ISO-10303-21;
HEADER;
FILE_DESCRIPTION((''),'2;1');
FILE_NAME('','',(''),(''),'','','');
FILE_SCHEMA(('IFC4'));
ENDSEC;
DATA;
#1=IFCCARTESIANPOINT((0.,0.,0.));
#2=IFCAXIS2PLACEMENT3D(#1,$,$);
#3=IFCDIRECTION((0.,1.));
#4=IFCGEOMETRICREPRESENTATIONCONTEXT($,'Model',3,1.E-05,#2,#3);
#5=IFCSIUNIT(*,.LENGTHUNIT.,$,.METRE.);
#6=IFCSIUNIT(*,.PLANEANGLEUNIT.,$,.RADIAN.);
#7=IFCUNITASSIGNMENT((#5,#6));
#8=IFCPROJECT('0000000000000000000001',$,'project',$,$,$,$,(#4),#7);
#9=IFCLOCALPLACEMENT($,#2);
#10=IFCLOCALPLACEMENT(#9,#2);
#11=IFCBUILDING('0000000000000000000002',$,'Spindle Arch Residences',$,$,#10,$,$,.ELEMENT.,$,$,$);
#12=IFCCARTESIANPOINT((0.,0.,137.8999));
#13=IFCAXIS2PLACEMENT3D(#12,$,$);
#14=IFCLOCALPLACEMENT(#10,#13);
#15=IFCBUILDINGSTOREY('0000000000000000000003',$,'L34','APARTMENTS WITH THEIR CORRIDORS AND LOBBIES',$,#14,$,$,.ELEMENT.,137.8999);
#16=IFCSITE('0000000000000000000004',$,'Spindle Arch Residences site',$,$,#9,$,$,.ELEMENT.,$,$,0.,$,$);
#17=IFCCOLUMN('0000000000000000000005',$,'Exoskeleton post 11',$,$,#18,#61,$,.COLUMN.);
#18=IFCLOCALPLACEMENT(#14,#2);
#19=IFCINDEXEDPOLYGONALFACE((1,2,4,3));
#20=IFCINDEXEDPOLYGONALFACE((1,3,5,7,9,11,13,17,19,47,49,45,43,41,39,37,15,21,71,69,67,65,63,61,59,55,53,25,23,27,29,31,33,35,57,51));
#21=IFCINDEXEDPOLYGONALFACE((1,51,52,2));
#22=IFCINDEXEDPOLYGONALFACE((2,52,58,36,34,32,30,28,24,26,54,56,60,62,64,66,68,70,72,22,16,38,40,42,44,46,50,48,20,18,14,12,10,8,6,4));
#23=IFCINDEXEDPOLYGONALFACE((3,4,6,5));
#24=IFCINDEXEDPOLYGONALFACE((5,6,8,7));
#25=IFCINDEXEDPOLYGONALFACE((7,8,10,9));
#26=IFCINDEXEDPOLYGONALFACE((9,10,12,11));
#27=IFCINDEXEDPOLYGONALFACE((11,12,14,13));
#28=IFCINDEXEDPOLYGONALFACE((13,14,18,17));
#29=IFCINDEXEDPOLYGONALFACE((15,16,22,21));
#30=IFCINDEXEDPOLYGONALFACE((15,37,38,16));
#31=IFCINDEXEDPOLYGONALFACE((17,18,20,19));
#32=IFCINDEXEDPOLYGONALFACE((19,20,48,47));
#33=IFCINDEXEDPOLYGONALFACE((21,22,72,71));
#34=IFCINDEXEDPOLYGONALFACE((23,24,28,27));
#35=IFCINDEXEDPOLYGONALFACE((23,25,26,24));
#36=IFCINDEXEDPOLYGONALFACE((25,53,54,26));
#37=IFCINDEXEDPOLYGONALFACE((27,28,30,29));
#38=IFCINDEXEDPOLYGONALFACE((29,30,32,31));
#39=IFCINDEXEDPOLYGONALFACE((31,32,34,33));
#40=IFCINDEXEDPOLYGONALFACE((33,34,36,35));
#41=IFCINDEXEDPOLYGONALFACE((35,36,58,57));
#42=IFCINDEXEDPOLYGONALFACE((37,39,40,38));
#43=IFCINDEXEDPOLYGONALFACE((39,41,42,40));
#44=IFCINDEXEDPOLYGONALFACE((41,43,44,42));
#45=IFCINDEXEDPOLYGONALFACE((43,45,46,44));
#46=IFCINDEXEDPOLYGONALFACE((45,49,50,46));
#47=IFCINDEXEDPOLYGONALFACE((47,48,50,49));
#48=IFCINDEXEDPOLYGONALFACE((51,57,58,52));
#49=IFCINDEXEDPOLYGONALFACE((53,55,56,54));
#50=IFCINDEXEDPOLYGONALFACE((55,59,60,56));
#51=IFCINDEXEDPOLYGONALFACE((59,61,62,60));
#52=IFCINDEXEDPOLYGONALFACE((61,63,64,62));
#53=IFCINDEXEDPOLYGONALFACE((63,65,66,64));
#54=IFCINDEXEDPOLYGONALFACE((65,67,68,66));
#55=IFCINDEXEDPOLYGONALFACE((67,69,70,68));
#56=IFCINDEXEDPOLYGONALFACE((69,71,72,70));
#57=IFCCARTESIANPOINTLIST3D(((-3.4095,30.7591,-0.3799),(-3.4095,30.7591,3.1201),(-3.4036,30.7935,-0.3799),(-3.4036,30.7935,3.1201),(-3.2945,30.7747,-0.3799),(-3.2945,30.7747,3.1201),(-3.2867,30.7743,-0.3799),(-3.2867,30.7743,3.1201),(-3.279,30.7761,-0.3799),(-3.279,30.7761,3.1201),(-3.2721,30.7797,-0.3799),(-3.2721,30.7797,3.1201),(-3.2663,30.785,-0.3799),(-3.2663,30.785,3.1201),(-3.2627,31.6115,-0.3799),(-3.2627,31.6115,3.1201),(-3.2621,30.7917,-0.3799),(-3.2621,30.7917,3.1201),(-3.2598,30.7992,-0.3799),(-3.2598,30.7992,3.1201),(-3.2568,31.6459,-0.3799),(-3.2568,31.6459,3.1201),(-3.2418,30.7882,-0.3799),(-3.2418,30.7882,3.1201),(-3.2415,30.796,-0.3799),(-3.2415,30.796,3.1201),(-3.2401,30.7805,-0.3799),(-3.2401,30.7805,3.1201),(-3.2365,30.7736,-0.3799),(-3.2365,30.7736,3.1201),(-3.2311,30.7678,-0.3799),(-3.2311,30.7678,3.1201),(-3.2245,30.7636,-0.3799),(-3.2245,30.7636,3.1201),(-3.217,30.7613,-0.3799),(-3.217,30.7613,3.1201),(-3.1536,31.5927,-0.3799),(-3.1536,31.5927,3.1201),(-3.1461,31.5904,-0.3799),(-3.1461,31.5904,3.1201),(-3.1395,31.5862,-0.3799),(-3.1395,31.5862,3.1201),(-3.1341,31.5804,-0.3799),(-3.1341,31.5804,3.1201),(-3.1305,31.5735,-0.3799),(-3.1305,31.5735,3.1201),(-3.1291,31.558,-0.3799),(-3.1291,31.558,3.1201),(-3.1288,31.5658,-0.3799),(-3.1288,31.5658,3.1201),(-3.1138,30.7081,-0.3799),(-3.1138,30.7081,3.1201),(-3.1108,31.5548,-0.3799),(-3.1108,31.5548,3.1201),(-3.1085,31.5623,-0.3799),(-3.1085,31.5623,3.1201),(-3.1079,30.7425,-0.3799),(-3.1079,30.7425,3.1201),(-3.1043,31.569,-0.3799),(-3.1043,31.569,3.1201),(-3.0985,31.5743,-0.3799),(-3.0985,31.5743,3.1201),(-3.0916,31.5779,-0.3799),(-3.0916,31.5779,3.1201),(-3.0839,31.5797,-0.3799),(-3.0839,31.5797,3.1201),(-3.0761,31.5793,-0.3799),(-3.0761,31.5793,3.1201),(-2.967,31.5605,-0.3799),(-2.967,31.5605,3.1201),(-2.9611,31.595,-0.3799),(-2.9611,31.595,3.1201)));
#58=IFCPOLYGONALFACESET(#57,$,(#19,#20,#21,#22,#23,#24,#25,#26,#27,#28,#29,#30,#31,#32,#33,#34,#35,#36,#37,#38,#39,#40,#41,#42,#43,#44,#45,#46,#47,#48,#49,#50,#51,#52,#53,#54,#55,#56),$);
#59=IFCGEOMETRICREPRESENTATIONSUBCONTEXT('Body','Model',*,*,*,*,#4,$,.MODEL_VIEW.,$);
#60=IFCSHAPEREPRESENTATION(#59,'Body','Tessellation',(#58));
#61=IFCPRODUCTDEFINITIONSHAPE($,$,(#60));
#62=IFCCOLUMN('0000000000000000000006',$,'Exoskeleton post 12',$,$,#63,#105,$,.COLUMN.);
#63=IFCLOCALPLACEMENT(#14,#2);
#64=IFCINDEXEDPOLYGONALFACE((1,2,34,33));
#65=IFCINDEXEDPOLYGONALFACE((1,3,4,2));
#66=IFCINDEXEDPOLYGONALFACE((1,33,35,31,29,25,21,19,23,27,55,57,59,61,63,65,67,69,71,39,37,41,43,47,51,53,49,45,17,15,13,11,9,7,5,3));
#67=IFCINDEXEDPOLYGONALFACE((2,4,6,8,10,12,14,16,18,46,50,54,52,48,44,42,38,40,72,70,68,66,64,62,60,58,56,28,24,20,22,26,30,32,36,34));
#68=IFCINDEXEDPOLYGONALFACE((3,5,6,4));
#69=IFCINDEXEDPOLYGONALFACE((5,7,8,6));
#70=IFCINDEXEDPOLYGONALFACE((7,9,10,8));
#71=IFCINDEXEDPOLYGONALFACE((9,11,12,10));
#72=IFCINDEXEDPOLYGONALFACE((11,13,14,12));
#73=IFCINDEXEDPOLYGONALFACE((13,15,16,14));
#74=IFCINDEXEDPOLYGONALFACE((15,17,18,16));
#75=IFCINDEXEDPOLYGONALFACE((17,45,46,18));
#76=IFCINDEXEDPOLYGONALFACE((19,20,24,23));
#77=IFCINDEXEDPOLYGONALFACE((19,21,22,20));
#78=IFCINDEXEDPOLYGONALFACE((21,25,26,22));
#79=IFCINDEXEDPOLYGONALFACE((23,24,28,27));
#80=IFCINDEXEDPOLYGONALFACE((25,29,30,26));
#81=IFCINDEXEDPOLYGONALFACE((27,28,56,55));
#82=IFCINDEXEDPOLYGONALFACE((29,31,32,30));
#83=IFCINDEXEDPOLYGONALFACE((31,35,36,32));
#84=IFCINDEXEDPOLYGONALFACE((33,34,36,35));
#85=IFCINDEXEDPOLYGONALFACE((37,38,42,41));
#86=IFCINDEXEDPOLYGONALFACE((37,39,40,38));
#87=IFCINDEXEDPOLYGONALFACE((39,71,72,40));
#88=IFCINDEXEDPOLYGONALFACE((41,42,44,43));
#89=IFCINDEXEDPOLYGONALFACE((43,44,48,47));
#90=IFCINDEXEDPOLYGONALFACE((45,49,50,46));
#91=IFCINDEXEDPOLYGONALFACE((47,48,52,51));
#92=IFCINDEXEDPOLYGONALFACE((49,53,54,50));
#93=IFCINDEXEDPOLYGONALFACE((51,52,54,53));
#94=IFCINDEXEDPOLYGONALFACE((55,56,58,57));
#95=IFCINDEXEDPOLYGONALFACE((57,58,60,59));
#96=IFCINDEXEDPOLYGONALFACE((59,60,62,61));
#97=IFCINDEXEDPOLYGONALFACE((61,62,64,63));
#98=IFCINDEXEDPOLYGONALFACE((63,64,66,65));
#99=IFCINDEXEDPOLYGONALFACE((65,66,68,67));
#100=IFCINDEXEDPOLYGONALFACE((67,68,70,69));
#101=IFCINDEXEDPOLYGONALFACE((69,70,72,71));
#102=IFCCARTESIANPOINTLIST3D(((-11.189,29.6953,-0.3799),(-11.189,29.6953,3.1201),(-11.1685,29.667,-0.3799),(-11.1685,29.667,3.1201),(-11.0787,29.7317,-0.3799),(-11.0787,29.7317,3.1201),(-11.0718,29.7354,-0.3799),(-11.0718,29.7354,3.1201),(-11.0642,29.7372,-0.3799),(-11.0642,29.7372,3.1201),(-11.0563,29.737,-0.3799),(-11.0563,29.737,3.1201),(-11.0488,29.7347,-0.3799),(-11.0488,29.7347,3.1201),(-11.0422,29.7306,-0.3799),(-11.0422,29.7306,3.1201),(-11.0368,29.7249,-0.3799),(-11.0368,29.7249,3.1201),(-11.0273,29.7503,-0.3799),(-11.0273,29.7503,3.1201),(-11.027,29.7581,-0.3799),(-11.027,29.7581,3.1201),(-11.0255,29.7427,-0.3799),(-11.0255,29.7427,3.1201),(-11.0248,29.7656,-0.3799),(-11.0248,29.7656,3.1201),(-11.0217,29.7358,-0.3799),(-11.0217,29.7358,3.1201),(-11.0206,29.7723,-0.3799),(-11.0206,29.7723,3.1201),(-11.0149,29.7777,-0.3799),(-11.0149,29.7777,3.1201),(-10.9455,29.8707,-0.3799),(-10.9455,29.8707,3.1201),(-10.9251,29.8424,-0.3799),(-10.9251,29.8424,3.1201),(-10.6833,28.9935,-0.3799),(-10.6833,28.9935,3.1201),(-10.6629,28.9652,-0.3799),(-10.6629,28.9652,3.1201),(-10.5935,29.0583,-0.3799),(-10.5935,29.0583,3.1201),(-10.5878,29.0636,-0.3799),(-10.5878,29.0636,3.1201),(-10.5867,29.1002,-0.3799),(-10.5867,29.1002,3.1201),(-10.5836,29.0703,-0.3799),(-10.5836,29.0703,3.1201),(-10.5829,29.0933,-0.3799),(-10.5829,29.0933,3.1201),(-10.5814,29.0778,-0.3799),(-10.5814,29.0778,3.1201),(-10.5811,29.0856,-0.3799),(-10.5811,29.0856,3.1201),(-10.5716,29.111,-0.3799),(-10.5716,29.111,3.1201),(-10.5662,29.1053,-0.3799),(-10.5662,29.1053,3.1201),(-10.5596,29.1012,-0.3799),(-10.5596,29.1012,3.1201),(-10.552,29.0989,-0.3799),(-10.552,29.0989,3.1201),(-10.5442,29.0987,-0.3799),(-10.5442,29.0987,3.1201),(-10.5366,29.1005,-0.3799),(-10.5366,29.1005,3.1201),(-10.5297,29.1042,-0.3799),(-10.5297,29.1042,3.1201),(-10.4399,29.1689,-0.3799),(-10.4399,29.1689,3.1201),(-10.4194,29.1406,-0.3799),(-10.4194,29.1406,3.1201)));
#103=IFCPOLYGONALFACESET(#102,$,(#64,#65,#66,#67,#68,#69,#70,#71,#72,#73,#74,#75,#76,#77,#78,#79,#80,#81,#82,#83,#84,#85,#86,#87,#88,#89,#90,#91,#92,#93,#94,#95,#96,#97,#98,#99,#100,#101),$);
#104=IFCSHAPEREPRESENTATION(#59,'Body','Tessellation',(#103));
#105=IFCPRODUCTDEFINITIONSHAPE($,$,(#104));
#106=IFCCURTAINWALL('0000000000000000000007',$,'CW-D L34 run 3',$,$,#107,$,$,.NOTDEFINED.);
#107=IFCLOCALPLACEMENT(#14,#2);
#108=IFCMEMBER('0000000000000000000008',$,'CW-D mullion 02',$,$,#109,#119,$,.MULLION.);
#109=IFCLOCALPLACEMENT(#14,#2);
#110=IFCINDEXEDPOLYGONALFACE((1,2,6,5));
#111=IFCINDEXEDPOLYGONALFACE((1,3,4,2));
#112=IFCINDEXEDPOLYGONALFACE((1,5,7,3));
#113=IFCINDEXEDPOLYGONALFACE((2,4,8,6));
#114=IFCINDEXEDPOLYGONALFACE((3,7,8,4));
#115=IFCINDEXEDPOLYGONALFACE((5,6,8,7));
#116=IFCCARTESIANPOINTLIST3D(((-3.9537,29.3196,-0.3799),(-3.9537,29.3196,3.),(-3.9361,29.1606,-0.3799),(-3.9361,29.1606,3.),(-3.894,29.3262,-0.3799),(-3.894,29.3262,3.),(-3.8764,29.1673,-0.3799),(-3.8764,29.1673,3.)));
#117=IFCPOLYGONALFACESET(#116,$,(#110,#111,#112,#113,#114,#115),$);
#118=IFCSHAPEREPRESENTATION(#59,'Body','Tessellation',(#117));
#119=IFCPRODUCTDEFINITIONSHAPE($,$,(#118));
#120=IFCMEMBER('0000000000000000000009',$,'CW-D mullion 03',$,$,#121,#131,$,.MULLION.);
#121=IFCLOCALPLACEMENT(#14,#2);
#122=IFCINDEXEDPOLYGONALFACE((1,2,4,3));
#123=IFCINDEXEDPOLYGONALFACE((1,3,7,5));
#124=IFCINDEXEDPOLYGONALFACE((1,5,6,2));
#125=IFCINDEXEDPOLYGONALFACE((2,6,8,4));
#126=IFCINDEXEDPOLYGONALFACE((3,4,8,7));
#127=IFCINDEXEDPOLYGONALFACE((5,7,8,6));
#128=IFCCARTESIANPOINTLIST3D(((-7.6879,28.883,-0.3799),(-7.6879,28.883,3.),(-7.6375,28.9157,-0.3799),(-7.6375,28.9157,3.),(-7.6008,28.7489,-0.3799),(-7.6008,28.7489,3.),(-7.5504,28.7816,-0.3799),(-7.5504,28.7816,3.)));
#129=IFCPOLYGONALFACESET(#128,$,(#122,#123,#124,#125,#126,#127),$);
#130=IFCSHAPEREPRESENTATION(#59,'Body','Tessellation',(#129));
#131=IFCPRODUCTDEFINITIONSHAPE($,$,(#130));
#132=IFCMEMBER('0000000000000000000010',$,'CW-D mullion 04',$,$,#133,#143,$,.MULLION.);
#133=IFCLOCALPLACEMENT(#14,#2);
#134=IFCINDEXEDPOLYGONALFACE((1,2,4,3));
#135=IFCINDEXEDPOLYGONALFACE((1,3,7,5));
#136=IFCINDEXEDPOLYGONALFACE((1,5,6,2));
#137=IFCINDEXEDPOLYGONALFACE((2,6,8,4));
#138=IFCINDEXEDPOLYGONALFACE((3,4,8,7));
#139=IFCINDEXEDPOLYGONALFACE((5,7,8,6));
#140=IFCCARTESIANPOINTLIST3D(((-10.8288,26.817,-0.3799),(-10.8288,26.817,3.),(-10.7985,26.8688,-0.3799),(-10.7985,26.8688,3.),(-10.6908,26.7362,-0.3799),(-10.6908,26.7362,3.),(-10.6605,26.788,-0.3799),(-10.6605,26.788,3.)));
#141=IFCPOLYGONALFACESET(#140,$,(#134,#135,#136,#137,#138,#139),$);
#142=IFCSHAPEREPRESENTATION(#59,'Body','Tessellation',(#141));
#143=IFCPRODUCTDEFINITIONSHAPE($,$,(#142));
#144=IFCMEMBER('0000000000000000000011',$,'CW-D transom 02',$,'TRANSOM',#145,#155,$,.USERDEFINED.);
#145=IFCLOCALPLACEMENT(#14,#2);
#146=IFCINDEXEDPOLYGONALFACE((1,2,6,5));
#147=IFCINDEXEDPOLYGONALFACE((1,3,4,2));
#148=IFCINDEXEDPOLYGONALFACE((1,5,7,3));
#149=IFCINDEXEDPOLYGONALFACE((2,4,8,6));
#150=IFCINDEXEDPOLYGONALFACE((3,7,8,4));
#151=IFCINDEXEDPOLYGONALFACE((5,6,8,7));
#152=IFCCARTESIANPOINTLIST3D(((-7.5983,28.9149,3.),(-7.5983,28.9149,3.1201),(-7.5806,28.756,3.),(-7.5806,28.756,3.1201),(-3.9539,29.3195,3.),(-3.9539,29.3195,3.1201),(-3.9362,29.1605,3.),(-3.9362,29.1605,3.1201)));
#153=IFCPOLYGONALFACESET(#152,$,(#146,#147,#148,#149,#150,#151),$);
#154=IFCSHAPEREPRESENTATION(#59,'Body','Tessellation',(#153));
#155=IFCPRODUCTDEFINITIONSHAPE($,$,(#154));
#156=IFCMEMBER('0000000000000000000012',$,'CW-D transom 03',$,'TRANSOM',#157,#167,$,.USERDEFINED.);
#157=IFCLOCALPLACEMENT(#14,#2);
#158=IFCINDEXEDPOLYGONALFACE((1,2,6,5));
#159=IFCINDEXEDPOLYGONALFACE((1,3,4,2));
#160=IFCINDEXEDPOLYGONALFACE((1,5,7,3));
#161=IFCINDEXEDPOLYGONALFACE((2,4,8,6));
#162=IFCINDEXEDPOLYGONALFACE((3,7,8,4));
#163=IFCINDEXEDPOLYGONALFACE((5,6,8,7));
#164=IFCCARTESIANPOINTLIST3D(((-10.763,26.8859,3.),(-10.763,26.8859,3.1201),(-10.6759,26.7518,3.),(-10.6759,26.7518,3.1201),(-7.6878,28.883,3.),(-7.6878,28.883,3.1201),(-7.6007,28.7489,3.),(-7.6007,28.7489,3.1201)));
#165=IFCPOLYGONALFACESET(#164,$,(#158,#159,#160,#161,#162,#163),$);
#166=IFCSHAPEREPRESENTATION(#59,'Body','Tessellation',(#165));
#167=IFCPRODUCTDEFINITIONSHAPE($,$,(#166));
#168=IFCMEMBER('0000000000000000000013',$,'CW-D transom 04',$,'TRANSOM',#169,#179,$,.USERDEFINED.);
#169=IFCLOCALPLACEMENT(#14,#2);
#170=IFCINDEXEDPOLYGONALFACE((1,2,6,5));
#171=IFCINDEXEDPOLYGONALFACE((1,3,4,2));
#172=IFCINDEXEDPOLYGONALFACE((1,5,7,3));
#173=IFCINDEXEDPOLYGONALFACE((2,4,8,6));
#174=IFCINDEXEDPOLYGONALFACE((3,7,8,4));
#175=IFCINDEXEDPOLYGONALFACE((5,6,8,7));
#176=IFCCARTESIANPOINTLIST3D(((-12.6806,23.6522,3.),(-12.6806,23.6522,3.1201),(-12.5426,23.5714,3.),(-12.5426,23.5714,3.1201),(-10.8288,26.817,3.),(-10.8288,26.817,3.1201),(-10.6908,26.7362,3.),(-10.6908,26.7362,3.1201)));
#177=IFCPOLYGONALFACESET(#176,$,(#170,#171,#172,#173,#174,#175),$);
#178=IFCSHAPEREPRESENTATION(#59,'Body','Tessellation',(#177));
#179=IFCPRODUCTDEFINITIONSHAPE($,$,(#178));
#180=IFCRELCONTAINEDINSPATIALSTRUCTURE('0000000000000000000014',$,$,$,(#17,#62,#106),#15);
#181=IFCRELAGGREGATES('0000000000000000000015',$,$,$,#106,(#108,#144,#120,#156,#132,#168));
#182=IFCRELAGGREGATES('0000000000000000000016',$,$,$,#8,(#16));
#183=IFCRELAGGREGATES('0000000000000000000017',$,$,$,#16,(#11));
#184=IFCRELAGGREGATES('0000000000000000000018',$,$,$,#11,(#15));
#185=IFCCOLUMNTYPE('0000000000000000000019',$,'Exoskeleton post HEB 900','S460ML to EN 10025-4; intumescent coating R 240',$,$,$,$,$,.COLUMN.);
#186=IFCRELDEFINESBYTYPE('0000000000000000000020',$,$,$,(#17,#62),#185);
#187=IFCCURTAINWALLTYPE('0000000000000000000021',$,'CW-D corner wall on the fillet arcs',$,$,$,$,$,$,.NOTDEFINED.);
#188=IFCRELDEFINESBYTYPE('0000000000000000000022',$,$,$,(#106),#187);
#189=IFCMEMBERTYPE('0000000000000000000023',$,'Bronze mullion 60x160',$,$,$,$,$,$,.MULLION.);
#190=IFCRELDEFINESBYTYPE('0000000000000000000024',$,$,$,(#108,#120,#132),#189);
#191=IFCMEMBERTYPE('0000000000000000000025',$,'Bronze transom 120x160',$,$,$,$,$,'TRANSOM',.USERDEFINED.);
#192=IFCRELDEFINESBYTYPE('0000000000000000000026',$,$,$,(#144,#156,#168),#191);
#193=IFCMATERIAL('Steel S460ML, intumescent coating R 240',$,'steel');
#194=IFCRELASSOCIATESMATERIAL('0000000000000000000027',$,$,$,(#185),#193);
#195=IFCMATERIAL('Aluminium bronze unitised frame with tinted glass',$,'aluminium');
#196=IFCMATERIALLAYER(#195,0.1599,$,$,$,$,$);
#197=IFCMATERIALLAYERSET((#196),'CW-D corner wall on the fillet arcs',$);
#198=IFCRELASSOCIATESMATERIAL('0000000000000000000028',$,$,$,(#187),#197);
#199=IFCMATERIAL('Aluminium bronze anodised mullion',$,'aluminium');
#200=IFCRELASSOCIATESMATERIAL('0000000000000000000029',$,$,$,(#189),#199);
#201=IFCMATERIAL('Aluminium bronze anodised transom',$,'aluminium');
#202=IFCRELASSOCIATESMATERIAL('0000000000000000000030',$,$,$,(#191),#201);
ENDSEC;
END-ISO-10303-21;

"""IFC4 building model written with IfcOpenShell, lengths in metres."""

from ifc_helpers import new_model, si_unit, direction, frame, origin, origin_2d, place, context, subcontext, project, spatial, rectangle, i_section, extrude, material, layer, layer_set, material_profile, profile_set, type_object, element, aggregate, save


model = new_model("IFC4")

# Units and contexts
model_context = context("Model", 3, precision=1e-05, world=origin(), true_north=direction((0.0, 1.0)))
body_context = subcontext(model_context, "Body", "Model", "MODEL_VIEW")
ifc_project = project(units=[si_unit("LENGTHUNIT", "METRE"), si_unit("PLANEANGLEUNIT", "RADIAN")], contexts=[model_context])

# Site, building, storey
site_placement = place(None, origin())
site = spatial("IfcSite", under=ifc_project, at=site_placement, Name="Spindle Arch Residences site", CompositionType="ELEMENT", RefElevation=0.0)
building_placement = place(site_placement, origin())
building = spatial("IfcBuilding", under=site, at=building_placement, Name="Spindle Arch Residences", CompositionType="ELEMENT")
storey_placement = place(building_placement, frame((0.0, 0.0, 137.8999)))
storey = spatial("IfcBuildingStorey", under=building, at=storey_placement, Name="L34", Description="APARTMENTS WITH THEIR CORRIDORS AND LOBBIES", CompositionType="ELEMENT", Elevation=137.8999)

# Columns
ifc_material_1 = material(Name="Steel S460ML, intumescent coating R 240", Category="steel")
ifc_material_profile_1 = material_profile(ifc_material_1, i_section(OverallWidth=0.3, OverallDepth=0.8999, WebThickness=0.0186, FlangeThickness=0.0349, FilletRadius=0.03, at=origin_2d()), Name="HEB 900")
ifc_profile_set_1 = profile_set([ifc_material_profile_1], Name="Steel S460ML, intumescent coating R 240")
column_type = type_object("IfcColumnType", Name="Exoskeleton post HEB 900", Description="S460ML to EN 10025-4; intumescent coating R 240", PredefinedType="COLUMN", material=ifc_profile_set_1)
for number, where, z_axis, x_axis, name in (
    (1, (-3.1853, 31.177, -0.3799), (0.0, 0.0, 1.0), (0.985485, -0.169765, 0.0), "Exoskeleton post 11"),
    (2, (-10.8042, 29.418, -0.3799), (0.0, 0.0, 1.0), (0.811328, 0.584591, 0.0), "Exoskeleton post 12"),
):
    element("IfcColumn", number, at=place(storey_placement, frame(where, z_axis=z_axis, x_axis=x_axis)), inside=storey, type_object=column_type, Name=name, PredefinedType="COLUMN", context=body_context, shape_type="SweptSolid", body=[
        extrude(i_section(OverallWidth=0.3, OverallDepth=0.8999, WebThickness=0.0186, FlangeThickness=0.0349, FilletRadius=0.03, at=origin_2d()), origin(), (0.0, 0.0, 1.0), 3.5),
    ])

# Curtain wall, members
ifc_material_2 = material(Name="Aluminium bronze unitised frame with tinted glass", Category="aluminium")
ifc_layer_1 = layer(ifc_material_2, 0.1599)
ifc_layer_set_1 = layer_set([ifc_layer_1], Name="CW-D corner wall on the fillet arcs")
curtain_wall_type = type_object("IfcCurtainWallType", Name="CW-D corner wall on the fillet arcs", PredefinedType="NOTDEFINED", material=ifc_layer_set_1)
curtain_wall_placement = place(storey_placement, origin())
curtain_wall = element("IfcCurtainWall", 3, at=curtain_wall_placement, inside=storey, type_object=curtain_wall_type, Name="CW-D L34 run 3", PredefinedType="NOTDEFINED")
ifc_material_3 = material(Name="Aluminium bronze anodised mullion", Category="aluminium")
ifc_material_profile_2 = material_profile(ifc_material_3, rectangle(XDim=0.1599, YDim=0.0601, at=origin_2d()), Name="MU 60x160")
ifc_profile_set_2 = profile_set([ifc_material_profile_2], Name="Aluminium bronze anodised mullion")
member_type_1 = type_object("IfcMemberType", Name="Bronze mullion 60x160", PredefinedType="MULLION", material=ifc_profile_set_2)
member_1_placement = place(storey_placement, frame((-3.915, 29.2434, -0.3799), z_axis=(0.0, 0.0, 1.0), x_axis=(0.110313, -0.993897, 0.0)))
member_1 = element("IfcMember", 4, at=member_1_placement, type_object=member_type_1, Name="CW-D mullion 02", PredefinedType="MULLION", context=body_context, shape_type="SweptSolid", body=[
    extrude(rectangle(XDim=0.1599, YDim=0.0601, at=origin_2d()), origin(), (0.0, 0.0, 1.0), 3.3799),
])
member_2_placement = place(storey_placement, frame((-7.6191, 28.8323, -0.3799), z_axis=(0.0, 0.0, 1.0), x_axis=(0.544639, -0.838671, 0.0)))
member_2 = element("IfcMember", 5, at=member_2_placement, type_object=member_type_1, Name="CW-D mullion 03", PredefinedType="MULLION", context=body_context, shape_type="SweptSolid", body=[
    extrude(rectangle(XDim=0.1599, YDim=0.0601, at=origin_2d()), origin(), (0.0, 0.0, 1.0), 3.3799),
])
member_3_placement = place(storey_placement, frame((-10.7446, 26.8025, -0.3799), z_axis=(0.0, 0.0, 1.0), x_axis=(0.863102, -0.50503, 0.0)))
member_3 = element("IfcMember", 6, at=member_3_placement, type_object=member_type_1, Name="CW-D mullion 04", PredefinedType="MULLION", context=body_context, shape_type="SweptSolid", body=[
    extrude(rectangle(XDim=0.1599, YDim=0.0601, at=origin_2d()), origin(), (0.0, 0.0, 1.0), 3.3799),
])
ifc_material_4 = material(Name="Aluminium bronze anodised transom", Category="aluminium")
ifc_material_profile_3 = material_profile(ifc_material_4, rectangle(XDim=0.1599, YDim=0.1201, at=origin_2d()), Name="TR 120x160")
ifc_profile_set_3 = profile_set([ifc_material_profile_3], Name="Aluminium bronze anodised transom")
member_type_2 = type_object("IfcMemberType", Name="Bronze transom 120x160", ElementType="TRANSOM", PredefinedType="USERDEFINED", material=ifc_profile_set_3)
member_4_placement = place(storey_placement, frame((-3.9451, 29.24, 3.0601), z_axis=(-0.993895, -0.110329, 0.0), x_axis=(0.110329, -0.993895, 0.0)))
member_4 = element("IfcMember", 7, at=member_4_placement, type_object=member_type_2, Name="CW-D transom 02", ObjectType="TRANSOM", PredefinedType="USERDEFINED", context=body_context, shape_type="SweptSolid", body=[
    extrude(rectangle(XDim=0.1599, YDim=0.1201, at=origin_2d()), origin(), (0.0, 0.0, 1.0), 3.6667),
])
member_5_placement = place(storey_placement, frame((-7.6443, 28.8159, 3.0601), z_axis=(-0.838669, -0.544642, 0.0), x_axis=(0.544642, -0.838669, 0.0)))
member_5 = element("IfcMember", 8, at=member_5_placement, type_object=member_type_2, Name="CW-D transom 03", ObjectType="TRANSOM", PredefinedType="USERDEFINED", context=body_context, shape_type="SweptSolid", body=[
    extrude(rectangle(XDim=0.1599, YDim=0.1201, at=origin_2d()), origin(), (0.0, 0.0, 1.0), 3.6667),
])
member_6_placement = place(storey_placement, frame((-10.7598, 26.7766, 3.0601), z_axis=(-0.505026, -0.863104, 0.0), x_axis=(0.863104, -0.505026, 0.0)))
member_6 = element("IfcMember", 9, at=member_6_placement, type_object=member_type_2, Name="CW-D transom 04", ObjectType="TRANSOM", PredefinedType="USERDEFINED", context=body_context, shape_type="SweptSolid", body=[
    extrude(rectangle(XDim=0.1599, YDim=0.1201, at=origin_2d()), origin(), (0.0, 0.0, 1.0), 3.6667),
])

aggregate(curtain_wall, [member_1, member_4, member_2, member_5, member_3, member_6])

save(model, "model.ifc")
